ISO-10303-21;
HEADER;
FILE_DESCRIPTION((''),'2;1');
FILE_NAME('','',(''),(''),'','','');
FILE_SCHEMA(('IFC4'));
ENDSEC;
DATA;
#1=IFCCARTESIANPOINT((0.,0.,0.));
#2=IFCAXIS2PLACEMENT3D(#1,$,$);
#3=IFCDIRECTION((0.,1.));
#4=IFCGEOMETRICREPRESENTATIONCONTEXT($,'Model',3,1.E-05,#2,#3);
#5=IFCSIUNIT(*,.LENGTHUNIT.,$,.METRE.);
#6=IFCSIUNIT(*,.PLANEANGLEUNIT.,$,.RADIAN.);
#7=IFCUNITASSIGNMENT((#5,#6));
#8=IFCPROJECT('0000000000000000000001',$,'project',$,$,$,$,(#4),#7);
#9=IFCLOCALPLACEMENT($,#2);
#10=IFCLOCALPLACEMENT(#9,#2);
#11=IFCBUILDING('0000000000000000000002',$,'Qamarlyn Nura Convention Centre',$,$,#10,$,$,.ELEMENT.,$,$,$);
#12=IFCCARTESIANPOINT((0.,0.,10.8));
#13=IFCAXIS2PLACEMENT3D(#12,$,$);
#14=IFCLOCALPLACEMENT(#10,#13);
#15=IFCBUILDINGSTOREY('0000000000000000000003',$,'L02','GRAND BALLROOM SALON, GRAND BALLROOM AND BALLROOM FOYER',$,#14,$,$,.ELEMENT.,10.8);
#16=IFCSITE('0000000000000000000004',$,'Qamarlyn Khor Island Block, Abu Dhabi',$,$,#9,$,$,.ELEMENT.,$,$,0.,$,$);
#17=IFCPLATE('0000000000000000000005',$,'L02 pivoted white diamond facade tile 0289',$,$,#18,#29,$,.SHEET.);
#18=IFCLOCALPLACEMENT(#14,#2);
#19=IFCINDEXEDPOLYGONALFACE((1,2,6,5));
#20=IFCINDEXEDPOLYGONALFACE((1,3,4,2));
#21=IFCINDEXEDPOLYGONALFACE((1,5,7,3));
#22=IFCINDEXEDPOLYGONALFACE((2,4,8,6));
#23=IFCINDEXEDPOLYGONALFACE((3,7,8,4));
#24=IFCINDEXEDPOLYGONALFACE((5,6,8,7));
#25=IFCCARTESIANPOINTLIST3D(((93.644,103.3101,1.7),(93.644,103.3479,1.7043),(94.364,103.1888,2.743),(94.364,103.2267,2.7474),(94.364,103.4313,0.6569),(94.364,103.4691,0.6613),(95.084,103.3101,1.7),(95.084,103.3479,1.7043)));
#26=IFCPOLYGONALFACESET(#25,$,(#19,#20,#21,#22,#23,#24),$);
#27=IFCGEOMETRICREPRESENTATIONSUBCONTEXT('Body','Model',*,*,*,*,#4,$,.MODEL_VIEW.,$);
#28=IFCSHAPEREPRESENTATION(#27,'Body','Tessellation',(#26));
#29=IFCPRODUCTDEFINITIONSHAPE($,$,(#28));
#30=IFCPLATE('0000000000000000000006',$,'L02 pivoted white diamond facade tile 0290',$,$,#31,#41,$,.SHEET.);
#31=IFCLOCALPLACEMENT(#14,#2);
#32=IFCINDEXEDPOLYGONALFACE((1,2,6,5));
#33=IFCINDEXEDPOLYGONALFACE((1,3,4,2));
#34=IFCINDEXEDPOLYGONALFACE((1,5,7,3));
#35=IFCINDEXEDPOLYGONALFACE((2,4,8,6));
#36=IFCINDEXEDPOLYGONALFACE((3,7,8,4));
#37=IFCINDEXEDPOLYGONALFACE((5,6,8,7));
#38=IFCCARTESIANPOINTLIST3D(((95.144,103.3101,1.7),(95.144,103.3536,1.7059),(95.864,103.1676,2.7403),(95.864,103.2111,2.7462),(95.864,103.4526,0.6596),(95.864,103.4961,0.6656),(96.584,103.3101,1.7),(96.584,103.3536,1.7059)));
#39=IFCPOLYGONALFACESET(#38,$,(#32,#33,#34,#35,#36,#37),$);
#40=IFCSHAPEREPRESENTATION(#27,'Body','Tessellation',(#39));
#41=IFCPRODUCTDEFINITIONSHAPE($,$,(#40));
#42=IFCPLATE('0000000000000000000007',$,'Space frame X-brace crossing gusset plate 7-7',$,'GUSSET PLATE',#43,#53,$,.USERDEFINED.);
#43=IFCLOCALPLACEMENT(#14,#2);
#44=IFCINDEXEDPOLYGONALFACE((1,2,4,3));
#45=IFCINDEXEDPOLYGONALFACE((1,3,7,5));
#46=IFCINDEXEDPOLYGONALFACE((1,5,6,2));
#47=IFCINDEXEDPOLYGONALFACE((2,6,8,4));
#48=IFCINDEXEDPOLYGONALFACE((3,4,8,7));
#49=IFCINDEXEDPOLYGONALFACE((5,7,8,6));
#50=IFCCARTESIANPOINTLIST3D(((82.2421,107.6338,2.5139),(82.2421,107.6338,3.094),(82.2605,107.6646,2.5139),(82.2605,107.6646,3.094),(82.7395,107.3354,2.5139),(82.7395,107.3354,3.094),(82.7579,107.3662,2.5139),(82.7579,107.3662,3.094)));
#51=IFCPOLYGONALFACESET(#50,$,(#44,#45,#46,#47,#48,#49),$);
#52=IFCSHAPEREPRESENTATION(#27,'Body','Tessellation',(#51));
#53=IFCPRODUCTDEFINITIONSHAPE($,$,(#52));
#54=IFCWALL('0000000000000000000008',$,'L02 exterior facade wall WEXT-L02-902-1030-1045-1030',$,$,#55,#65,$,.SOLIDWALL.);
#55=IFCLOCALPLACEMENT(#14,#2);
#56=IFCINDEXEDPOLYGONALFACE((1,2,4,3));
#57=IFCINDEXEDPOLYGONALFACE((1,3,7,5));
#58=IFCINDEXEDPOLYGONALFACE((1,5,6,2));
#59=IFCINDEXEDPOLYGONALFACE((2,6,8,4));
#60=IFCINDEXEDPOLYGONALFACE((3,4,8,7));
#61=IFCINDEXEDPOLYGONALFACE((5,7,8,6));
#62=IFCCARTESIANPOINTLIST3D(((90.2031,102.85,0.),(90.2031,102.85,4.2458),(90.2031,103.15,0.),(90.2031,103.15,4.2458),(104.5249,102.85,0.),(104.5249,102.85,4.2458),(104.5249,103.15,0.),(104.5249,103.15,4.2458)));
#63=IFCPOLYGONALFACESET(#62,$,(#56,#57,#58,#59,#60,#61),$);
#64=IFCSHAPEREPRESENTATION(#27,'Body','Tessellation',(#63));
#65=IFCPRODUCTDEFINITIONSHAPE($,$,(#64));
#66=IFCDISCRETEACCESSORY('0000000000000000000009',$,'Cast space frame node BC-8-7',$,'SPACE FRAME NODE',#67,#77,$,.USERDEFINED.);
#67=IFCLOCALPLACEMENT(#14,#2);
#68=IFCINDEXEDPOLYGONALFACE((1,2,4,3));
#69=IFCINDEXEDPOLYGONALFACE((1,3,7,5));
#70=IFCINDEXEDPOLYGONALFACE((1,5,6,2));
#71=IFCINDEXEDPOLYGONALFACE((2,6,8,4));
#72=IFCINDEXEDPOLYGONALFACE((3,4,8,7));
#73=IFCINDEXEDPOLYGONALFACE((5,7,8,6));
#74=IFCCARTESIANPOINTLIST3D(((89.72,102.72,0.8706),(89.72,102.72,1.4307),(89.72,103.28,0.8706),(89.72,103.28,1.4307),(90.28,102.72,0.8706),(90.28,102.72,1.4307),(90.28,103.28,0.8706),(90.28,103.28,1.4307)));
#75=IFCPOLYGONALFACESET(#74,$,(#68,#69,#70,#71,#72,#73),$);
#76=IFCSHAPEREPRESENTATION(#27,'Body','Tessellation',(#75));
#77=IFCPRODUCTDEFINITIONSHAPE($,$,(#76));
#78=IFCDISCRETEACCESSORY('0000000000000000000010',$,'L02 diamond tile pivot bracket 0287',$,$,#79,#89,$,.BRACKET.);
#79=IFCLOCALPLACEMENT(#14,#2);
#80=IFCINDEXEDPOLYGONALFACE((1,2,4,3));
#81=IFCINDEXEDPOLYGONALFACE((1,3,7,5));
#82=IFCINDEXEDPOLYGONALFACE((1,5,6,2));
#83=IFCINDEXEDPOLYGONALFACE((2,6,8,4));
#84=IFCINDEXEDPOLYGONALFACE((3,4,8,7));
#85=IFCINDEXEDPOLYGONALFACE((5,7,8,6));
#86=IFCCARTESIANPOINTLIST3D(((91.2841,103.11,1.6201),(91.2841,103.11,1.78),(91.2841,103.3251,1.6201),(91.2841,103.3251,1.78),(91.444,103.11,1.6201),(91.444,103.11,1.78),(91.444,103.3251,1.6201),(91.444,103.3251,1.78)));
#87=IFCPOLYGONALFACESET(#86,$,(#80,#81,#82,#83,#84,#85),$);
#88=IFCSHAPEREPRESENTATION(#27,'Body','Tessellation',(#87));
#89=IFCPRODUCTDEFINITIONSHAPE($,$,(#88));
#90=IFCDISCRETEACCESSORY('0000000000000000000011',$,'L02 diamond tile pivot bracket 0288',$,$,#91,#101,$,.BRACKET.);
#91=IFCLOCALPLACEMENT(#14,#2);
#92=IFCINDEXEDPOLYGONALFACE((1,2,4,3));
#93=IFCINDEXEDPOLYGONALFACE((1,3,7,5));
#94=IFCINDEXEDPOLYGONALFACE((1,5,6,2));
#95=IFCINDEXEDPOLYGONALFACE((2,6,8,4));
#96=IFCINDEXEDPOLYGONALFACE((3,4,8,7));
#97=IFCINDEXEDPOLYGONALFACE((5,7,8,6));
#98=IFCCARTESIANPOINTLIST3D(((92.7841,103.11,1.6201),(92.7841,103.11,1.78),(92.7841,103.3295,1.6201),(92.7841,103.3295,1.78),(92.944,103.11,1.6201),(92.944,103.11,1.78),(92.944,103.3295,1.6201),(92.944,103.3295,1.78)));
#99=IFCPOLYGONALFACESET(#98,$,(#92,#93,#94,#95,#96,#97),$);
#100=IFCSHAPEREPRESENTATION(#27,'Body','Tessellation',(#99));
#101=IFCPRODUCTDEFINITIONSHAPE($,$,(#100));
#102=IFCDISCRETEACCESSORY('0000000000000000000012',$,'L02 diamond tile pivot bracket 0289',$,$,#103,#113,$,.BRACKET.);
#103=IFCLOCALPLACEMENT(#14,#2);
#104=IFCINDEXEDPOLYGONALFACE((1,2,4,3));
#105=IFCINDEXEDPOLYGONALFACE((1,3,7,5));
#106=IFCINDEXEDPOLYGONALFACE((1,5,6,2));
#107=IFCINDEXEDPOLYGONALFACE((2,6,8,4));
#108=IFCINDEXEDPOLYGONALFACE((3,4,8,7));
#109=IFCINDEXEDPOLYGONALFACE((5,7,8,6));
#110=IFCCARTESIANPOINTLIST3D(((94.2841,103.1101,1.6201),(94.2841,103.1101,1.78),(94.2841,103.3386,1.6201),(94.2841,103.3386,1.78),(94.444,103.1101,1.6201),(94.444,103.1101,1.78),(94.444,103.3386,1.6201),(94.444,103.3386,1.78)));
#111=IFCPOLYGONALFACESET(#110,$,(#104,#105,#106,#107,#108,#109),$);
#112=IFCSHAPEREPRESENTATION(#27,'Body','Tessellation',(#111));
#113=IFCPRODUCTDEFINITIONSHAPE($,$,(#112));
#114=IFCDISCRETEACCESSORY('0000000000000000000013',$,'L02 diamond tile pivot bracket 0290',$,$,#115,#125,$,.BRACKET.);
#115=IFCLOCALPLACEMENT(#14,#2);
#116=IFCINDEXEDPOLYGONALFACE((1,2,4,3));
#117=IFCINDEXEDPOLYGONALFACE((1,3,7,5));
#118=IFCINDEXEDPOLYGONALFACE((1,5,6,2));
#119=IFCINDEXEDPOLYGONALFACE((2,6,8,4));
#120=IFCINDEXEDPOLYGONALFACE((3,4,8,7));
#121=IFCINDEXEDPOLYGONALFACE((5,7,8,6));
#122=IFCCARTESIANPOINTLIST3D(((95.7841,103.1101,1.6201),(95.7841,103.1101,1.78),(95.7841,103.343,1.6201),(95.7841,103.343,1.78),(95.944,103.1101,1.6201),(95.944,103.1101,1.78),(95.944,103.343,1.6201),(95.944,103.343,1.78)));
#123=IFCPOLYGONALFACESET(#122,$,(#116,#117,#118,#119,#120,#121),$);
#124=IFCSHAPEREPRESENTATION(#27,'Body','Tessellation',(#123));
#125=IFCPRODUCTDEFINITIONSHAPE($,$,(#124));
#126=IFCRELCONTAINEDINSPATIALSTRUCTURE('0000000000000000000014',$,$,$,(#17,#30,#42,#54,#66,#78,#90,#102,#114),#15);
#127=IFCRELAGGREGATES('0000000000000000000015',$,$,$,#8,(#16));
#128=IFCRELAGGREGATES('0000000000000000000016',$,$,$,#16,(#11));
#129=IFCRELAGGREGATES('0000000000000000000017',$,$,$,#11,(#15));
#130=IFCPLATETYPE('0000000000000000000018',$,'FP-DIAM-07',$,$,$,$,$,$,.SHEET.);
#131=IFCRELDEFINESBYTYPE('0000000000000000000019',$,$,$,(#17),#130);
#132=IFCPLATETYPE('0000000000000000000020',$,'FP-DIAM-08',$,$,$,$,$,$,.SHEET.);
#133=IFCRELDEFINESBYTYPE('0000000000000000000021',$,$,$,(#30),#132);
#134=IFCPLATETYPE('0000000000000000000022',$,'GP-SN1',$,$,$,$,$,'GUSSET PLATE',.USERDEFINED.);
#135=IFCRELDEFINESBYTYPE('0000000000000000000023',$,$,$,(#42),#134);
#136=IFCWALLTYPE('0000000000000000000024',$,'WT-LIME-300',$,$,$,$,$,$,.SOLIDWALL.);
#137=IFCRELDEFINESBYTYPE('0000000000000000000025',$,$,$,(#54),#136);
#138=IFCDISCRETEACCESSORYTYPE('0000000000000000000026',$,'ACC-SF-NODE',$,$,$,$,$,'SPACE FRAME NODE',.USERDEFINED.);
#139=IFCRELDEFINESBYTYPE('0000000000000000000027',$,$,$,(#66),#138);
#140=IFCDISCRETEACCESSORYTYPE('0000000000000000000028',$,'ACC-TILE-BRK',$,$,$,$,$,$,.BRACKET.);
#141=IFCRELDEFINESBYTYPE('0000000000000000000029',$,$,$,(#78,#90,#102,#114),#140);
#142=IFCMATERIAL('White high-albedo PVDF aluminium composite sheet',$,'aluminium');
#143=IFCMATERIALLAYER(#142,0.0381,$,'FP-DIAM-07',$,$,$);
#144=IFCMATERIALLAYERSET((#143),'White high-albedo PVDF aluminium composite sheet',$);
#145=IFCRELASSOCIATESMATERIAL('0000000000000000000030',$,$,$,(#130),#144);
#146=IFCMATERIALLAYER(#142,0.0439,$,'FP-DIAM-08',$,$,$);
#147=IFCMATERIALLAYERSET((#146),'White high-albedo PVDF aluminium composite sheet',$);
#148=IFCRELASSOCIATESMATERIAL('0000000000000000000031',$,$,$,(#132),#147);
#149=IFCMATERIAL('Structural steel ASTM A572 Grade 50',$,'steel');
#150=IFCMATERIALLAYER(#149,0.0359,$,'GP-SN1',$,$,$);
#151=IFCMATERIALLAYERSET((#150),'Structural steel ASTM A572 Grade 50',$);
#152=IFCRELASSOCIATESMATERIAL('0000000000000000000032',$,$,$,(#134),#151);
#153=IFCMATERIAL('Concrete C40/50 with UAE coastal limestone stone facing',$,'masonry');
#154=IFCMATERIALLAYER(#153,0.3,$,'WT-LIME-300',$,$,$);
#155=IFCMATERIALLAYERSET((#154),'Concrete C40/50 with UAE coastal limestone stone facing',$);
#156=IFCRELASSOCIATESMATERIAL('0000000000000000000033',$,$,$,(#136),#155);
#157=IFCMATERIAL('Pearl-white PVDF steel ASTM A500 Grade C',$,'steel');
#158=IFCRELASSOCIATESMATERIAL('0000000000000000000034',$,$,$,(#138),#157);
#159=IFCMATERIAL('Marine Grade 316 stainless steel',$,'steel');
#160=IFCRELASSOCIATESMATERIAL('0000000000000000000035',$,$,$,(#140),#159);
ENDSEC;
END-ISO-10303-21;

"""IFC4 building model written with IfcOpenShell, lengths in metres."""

from ifc_helpers import new_model, si_unit, direction, frame, frame_2d, origin, origin_2d, place, context, subcontext, project, spatial, polyline, rectangle, outline, extrude, material, layer, layer_set, type_object, element, save


model = new_model("IFC4")

# Units and contexts
model_context = context("Model", 3, precision=1e-05, world=origin(), true_north=direction((0.0, 1.0)))
body_context = subcontext(model_context, "Body", "Model", "MODEL_VIEW")
ifc_project = project(units=[si_unit("LENGTHUNIT", "METRE"), si_unit("PLANEANGLEUNIT", "RADIAN")], contexts=[model_context])

# Site, building, storey
site_placement = place(None, origin())
site = spatial("IfcSite", under=ifc_project, at=site_placement, Name="Qamarlyn Khor Island Block, Abu Dhabi", CompositionType="ELEMENT", RefElevation=0.0)
building_placement = place(site_placement, origin())
building = spatial("IfcBuilding", under=site, at=building_placement, Name="Qamarlyn Nura Convention Centre", CompositionType="ELEMENT")
storey_placement = place(building_placement, frame((0.0, 0.0, 10.8)))
storey = spatial("IfcBuildingStorey", under=building, at=storey_placement, Name="L02", Description="GRAND BALLROOM SALON, GRAND BALLROOM AND BALLROOM FOYER", CompositionType="ELEMENT", Elevation=10.8)

# Shared definitions
ifc_material_1 = material(Name="Pearl-white PVDF steel ASTM A500 Grade C", Category="steel")

# Plates
ifc_material_2 = material(Name="White high-albedo PVDF aluminium composite sheet", Category="aluminium")
ifc_layer_1 = layer(ifc_material_2, 0.0381, Name="FP-DIAM-07")
ifc_layer_set_1 = layer_set([ifc_layer_1], Name="White high-albedo PVDF aluminium composite sheet")
plate_type_1 = type_object("IfcPlateType", Name="FP-DIAM-07", PredefinedType="SHEET", material=ifc_layer_set_1)
plate_1_placement = place(storey_placement, frame((94.364, 103.3101, 1.7), z_axis=(0.0, 0.993312, 0.115457), x_axis=(-1.0, 0.0, 0.0)))
element("IfcPlate", 1, at=plate_1_placement, inside=storey, type_object=plate_type_1, Name="L02 pivoted white diamond facade tile 0289", PredefinedType="SHEET", context=body_context, shape_type="SweptSolid", body=[
    extrude(outline(polyline([(-0.72, 0.0), (0.0, -1.05), (0.72, 0.0), (0.0, 1.05), (-0.72, 0.0)])), origin(), (0.0, 0.0, 1.0), 0.0381),
])
ifc_layer_2 = layer(ifc_material_2, 0.0439, Name="FP-DIAM-08")
ifc_layer_set_2 = layer_set([ifc_layer_2], Name="White high-albedo PVDF aluminium composite sheet")
plate_type_2 = type_object("IfcPlateType", Name="FP-DIAM-08", PredefinedType="SHEET", material=ifc_layer_set_2)
plate_2_placement = place(storey_placement, frame((95.864, 103.3101, 1.7), z_axis=(0.0, 0.990748, 0.135716), x_axis=(-1.0, 0.0, 0.0)))
element("IfcPlate", 2, at=plate_2_placement, inside=storey, type_object=plate_type_2, Name="L02 pivoted white diamond facade tile 0290", PredefinedType="SHEET", context=body_context, shape_type="SweptSolid", body=[
    extrude(outline(polyline([(-0.72, 0.0), (0.0, -1.05), (0.72, 0.0), (0.0, 1.05), (-0.72, 0.0)])), origin(), (0.0, 0.0, 1.0), 0.0439),
])
ifc_material_3 = material(Name="Structural steel ASTM A572 Grade 50", Category="steel")
ifc_layer_3 = layer(ifc_material_3, 0.0359, Name="GP-SN1")
ifc_layer_set_3 = layer_set([ifc_layer_3], Name="Structural steel ASTM A572 Grade 50")
plate_type_3 = type_object("IfcPlateType", Name="GP-SN1", ElementType="GUSSET PLATE", PredefinedType="USERDEFINED", material=ifc_layer_set_3)
plate_3_placement = place(storey_placement, frame((82.5, 107.5, 2.5139), z_axis=(0.0, 0.0, 1.0), x_axis=(-0.857493, 0.514496, 0.0)))
element("IfcPlate", 3, at=plate_3_placement, inside=storey, type_object=plate_type_3, Name="Space frame X-brace crossing gusset plate 7-7", ObjectType="GUSSET PLATE", PredefinedType="USERDEFINED", context=body_context, shape_type="SweptSolid", body=[
    extrude(rectangle(XDim=0.5801, YDim=0.0359, at=origin_2d()), origin(), (0.0, 0.0, 1.0), 0.5801),
])

# Wall
ifc_material_4 = material(Name="Concrete C40/50 with UAE coastal limestone stone facing", Category="masonry")
ifc_layer_4 = layer(ifc_material_4, 0.3, Name="WT-LIME-300")
ifc_layer_set_4 = layer_set([ifc_layer_4], Name="Concrete C40/50 with UAE coastal limestone stone facing")
wall_type = type_object("IfcWallType", Name="WT-LIME-300", PredefinedType="SOLIDWALL", material=ifc_layer_set_4)
wall_placement = place(storey_placement, frame((90.2031, 103.0, 0.0), z_axis=(0.0, 0.0, 1.0), x_axis=(1.0, 0.0, 0.0)))
element("IfcWall", 4, at=wall_placement, inside=storey, type_object=wall_type, Name="L02 exterior facade wall WEXT-L02-902-1030-1045-1030", PredefinedType="SOLIDWALL", context=body_context, shape_type="SweptSolid", body=[
    extrude(rectangle(XDim=14.3218, YDim=0.3, at=frame_2d((7.1609, 0.0))), origin(), (0.0, 0.0, 1.0), 4.2458),
])

# Discrete accessories
discrete_accessory_type_1 = type_object("IfcDiscreteAccessoryType", Name="ACC-SF-NODE", ElementType="SPACE FRAME NODE", PredefinedType="USERDEFINED", material=ifc_material_1)
discrete_accessory_1_placement = place(storey_placement, frame((90.0, 103.0, 0.8706), z_axis=(0.0, 0.0, 1.0), x_axis=(1.0, 0.0, 0.0)))
element("IfcDiscreteAccessory", 5, at=discrete_accessory_1_placement, inside=storey, type_object=discrete_accessory_type_1, Name="Cast space frame node BC-8-7", ObjectType="SPACE FRAME NODE", PredefinedType="USERDEFINED", context=body_context, shape_type="SweptSolid", body=[
    extrude(rectangle(XDim=0.5601, YDim=0.5601, at=origin_2d()), origin(), (0.0, 0.0, 1.0), 0.5601),
])
ifc_material_5 = material(Name="Marine Grade 316 stainless steel", Category="steel")
discrete_accessory_type_2 = type_object("IfcDiscreteAccessoryType", Name="ACC-TILE-BRK", PredefinedType="BRACKET", material=ifc_material_5)
discrete_accessory_2_placement = place(storey_placement, frame((91.364, 103.2175, 1.6201), z_axis=(0.0, 0.0, 1.0), x_axis=(0.0, 1.0, 0.0)))
element("IfcDiscreteAccessory", 6, at=discrete_accessory_2_placement, inside=storey, type_object=discrete_accessory_type_2, Name="L02 diamond tile pivot bracket 0287", PredefinedType="BRACKET", context=body_context, shape_type="SweptSolid", body=[
    extrude(rectangle(XDim=0.2151, YDim=0.1599, at=origin_2d()), origin(), (0.0, 0.0, 1.0), 0.1599),
])
discrete_accessory_3_placement = place(storey_placement, frame((92.864, 103.2197, 1.6201), z_axis=(0.0, 0.0, 1.0), x_axis=(0.0, 1.0, 0.0)))
element("IfcDiscreteAccessory", 7, at=discrete_accessory_3_placement, inside=storey, type_object=discrete_accessory_type_2, Name="L02 diamond tile pivot bracket 0288", PredefinedType="BRACKET", context=body_context, shape_type="SweptSolid", body=[
    extrude(rectangle(XDim=0.2195, YDim=0.1599, at=origin_2d()), origin(), (0.0, 0.0, 1.0), 0.1599),
])
discrete_accessory_4_placement = place(storey_placement, frame((94.364, 103.2244, 1.6201), z_axis=(0.0, 0.0, 1.0), x_axis=(0.0, 1.0, 0.0)))
element("IfcDiscreteAccessory", 8, at=discrete_accessory_4_placement, inside=storey, type_object=discrete_accessory_type_2, Name="L02 diamond tile pivot bracket 0289", PredefinedType="BRACKET", context=body_context, shape_type="SweptSolid", body=[
    extrude(rectangle(XDim=0.2285, YDim=0.1599, at=origin_2d()), origin(), (0.0, 0.0, 1.0), 0.1599),
])
discrete_accessory_5_placement = place(storey_placement, frame((95.864, 103.2266, 1.6201), z_axis=(0.0, 0.0, 1.0), x_axis=(0.0, 1.0, 0.0)))
element("IfcDiscreteAccessory", 9, at=discrete_accessory_5_placement, inside=storey, type_object=discrete_accessory_type_2, Name="L02 diamond tile pivot bracket 0290", PredefinedType="BRACKET", context=body_context, shape_type="SweptSolid", body=[
    extrude(rectangle(XDim=0.2329, YDim=0.1599, at=origin_2d()), origin(), (0.0, 0.0, 1.0), 0.1599),
])

save(model, "model.ifc")
